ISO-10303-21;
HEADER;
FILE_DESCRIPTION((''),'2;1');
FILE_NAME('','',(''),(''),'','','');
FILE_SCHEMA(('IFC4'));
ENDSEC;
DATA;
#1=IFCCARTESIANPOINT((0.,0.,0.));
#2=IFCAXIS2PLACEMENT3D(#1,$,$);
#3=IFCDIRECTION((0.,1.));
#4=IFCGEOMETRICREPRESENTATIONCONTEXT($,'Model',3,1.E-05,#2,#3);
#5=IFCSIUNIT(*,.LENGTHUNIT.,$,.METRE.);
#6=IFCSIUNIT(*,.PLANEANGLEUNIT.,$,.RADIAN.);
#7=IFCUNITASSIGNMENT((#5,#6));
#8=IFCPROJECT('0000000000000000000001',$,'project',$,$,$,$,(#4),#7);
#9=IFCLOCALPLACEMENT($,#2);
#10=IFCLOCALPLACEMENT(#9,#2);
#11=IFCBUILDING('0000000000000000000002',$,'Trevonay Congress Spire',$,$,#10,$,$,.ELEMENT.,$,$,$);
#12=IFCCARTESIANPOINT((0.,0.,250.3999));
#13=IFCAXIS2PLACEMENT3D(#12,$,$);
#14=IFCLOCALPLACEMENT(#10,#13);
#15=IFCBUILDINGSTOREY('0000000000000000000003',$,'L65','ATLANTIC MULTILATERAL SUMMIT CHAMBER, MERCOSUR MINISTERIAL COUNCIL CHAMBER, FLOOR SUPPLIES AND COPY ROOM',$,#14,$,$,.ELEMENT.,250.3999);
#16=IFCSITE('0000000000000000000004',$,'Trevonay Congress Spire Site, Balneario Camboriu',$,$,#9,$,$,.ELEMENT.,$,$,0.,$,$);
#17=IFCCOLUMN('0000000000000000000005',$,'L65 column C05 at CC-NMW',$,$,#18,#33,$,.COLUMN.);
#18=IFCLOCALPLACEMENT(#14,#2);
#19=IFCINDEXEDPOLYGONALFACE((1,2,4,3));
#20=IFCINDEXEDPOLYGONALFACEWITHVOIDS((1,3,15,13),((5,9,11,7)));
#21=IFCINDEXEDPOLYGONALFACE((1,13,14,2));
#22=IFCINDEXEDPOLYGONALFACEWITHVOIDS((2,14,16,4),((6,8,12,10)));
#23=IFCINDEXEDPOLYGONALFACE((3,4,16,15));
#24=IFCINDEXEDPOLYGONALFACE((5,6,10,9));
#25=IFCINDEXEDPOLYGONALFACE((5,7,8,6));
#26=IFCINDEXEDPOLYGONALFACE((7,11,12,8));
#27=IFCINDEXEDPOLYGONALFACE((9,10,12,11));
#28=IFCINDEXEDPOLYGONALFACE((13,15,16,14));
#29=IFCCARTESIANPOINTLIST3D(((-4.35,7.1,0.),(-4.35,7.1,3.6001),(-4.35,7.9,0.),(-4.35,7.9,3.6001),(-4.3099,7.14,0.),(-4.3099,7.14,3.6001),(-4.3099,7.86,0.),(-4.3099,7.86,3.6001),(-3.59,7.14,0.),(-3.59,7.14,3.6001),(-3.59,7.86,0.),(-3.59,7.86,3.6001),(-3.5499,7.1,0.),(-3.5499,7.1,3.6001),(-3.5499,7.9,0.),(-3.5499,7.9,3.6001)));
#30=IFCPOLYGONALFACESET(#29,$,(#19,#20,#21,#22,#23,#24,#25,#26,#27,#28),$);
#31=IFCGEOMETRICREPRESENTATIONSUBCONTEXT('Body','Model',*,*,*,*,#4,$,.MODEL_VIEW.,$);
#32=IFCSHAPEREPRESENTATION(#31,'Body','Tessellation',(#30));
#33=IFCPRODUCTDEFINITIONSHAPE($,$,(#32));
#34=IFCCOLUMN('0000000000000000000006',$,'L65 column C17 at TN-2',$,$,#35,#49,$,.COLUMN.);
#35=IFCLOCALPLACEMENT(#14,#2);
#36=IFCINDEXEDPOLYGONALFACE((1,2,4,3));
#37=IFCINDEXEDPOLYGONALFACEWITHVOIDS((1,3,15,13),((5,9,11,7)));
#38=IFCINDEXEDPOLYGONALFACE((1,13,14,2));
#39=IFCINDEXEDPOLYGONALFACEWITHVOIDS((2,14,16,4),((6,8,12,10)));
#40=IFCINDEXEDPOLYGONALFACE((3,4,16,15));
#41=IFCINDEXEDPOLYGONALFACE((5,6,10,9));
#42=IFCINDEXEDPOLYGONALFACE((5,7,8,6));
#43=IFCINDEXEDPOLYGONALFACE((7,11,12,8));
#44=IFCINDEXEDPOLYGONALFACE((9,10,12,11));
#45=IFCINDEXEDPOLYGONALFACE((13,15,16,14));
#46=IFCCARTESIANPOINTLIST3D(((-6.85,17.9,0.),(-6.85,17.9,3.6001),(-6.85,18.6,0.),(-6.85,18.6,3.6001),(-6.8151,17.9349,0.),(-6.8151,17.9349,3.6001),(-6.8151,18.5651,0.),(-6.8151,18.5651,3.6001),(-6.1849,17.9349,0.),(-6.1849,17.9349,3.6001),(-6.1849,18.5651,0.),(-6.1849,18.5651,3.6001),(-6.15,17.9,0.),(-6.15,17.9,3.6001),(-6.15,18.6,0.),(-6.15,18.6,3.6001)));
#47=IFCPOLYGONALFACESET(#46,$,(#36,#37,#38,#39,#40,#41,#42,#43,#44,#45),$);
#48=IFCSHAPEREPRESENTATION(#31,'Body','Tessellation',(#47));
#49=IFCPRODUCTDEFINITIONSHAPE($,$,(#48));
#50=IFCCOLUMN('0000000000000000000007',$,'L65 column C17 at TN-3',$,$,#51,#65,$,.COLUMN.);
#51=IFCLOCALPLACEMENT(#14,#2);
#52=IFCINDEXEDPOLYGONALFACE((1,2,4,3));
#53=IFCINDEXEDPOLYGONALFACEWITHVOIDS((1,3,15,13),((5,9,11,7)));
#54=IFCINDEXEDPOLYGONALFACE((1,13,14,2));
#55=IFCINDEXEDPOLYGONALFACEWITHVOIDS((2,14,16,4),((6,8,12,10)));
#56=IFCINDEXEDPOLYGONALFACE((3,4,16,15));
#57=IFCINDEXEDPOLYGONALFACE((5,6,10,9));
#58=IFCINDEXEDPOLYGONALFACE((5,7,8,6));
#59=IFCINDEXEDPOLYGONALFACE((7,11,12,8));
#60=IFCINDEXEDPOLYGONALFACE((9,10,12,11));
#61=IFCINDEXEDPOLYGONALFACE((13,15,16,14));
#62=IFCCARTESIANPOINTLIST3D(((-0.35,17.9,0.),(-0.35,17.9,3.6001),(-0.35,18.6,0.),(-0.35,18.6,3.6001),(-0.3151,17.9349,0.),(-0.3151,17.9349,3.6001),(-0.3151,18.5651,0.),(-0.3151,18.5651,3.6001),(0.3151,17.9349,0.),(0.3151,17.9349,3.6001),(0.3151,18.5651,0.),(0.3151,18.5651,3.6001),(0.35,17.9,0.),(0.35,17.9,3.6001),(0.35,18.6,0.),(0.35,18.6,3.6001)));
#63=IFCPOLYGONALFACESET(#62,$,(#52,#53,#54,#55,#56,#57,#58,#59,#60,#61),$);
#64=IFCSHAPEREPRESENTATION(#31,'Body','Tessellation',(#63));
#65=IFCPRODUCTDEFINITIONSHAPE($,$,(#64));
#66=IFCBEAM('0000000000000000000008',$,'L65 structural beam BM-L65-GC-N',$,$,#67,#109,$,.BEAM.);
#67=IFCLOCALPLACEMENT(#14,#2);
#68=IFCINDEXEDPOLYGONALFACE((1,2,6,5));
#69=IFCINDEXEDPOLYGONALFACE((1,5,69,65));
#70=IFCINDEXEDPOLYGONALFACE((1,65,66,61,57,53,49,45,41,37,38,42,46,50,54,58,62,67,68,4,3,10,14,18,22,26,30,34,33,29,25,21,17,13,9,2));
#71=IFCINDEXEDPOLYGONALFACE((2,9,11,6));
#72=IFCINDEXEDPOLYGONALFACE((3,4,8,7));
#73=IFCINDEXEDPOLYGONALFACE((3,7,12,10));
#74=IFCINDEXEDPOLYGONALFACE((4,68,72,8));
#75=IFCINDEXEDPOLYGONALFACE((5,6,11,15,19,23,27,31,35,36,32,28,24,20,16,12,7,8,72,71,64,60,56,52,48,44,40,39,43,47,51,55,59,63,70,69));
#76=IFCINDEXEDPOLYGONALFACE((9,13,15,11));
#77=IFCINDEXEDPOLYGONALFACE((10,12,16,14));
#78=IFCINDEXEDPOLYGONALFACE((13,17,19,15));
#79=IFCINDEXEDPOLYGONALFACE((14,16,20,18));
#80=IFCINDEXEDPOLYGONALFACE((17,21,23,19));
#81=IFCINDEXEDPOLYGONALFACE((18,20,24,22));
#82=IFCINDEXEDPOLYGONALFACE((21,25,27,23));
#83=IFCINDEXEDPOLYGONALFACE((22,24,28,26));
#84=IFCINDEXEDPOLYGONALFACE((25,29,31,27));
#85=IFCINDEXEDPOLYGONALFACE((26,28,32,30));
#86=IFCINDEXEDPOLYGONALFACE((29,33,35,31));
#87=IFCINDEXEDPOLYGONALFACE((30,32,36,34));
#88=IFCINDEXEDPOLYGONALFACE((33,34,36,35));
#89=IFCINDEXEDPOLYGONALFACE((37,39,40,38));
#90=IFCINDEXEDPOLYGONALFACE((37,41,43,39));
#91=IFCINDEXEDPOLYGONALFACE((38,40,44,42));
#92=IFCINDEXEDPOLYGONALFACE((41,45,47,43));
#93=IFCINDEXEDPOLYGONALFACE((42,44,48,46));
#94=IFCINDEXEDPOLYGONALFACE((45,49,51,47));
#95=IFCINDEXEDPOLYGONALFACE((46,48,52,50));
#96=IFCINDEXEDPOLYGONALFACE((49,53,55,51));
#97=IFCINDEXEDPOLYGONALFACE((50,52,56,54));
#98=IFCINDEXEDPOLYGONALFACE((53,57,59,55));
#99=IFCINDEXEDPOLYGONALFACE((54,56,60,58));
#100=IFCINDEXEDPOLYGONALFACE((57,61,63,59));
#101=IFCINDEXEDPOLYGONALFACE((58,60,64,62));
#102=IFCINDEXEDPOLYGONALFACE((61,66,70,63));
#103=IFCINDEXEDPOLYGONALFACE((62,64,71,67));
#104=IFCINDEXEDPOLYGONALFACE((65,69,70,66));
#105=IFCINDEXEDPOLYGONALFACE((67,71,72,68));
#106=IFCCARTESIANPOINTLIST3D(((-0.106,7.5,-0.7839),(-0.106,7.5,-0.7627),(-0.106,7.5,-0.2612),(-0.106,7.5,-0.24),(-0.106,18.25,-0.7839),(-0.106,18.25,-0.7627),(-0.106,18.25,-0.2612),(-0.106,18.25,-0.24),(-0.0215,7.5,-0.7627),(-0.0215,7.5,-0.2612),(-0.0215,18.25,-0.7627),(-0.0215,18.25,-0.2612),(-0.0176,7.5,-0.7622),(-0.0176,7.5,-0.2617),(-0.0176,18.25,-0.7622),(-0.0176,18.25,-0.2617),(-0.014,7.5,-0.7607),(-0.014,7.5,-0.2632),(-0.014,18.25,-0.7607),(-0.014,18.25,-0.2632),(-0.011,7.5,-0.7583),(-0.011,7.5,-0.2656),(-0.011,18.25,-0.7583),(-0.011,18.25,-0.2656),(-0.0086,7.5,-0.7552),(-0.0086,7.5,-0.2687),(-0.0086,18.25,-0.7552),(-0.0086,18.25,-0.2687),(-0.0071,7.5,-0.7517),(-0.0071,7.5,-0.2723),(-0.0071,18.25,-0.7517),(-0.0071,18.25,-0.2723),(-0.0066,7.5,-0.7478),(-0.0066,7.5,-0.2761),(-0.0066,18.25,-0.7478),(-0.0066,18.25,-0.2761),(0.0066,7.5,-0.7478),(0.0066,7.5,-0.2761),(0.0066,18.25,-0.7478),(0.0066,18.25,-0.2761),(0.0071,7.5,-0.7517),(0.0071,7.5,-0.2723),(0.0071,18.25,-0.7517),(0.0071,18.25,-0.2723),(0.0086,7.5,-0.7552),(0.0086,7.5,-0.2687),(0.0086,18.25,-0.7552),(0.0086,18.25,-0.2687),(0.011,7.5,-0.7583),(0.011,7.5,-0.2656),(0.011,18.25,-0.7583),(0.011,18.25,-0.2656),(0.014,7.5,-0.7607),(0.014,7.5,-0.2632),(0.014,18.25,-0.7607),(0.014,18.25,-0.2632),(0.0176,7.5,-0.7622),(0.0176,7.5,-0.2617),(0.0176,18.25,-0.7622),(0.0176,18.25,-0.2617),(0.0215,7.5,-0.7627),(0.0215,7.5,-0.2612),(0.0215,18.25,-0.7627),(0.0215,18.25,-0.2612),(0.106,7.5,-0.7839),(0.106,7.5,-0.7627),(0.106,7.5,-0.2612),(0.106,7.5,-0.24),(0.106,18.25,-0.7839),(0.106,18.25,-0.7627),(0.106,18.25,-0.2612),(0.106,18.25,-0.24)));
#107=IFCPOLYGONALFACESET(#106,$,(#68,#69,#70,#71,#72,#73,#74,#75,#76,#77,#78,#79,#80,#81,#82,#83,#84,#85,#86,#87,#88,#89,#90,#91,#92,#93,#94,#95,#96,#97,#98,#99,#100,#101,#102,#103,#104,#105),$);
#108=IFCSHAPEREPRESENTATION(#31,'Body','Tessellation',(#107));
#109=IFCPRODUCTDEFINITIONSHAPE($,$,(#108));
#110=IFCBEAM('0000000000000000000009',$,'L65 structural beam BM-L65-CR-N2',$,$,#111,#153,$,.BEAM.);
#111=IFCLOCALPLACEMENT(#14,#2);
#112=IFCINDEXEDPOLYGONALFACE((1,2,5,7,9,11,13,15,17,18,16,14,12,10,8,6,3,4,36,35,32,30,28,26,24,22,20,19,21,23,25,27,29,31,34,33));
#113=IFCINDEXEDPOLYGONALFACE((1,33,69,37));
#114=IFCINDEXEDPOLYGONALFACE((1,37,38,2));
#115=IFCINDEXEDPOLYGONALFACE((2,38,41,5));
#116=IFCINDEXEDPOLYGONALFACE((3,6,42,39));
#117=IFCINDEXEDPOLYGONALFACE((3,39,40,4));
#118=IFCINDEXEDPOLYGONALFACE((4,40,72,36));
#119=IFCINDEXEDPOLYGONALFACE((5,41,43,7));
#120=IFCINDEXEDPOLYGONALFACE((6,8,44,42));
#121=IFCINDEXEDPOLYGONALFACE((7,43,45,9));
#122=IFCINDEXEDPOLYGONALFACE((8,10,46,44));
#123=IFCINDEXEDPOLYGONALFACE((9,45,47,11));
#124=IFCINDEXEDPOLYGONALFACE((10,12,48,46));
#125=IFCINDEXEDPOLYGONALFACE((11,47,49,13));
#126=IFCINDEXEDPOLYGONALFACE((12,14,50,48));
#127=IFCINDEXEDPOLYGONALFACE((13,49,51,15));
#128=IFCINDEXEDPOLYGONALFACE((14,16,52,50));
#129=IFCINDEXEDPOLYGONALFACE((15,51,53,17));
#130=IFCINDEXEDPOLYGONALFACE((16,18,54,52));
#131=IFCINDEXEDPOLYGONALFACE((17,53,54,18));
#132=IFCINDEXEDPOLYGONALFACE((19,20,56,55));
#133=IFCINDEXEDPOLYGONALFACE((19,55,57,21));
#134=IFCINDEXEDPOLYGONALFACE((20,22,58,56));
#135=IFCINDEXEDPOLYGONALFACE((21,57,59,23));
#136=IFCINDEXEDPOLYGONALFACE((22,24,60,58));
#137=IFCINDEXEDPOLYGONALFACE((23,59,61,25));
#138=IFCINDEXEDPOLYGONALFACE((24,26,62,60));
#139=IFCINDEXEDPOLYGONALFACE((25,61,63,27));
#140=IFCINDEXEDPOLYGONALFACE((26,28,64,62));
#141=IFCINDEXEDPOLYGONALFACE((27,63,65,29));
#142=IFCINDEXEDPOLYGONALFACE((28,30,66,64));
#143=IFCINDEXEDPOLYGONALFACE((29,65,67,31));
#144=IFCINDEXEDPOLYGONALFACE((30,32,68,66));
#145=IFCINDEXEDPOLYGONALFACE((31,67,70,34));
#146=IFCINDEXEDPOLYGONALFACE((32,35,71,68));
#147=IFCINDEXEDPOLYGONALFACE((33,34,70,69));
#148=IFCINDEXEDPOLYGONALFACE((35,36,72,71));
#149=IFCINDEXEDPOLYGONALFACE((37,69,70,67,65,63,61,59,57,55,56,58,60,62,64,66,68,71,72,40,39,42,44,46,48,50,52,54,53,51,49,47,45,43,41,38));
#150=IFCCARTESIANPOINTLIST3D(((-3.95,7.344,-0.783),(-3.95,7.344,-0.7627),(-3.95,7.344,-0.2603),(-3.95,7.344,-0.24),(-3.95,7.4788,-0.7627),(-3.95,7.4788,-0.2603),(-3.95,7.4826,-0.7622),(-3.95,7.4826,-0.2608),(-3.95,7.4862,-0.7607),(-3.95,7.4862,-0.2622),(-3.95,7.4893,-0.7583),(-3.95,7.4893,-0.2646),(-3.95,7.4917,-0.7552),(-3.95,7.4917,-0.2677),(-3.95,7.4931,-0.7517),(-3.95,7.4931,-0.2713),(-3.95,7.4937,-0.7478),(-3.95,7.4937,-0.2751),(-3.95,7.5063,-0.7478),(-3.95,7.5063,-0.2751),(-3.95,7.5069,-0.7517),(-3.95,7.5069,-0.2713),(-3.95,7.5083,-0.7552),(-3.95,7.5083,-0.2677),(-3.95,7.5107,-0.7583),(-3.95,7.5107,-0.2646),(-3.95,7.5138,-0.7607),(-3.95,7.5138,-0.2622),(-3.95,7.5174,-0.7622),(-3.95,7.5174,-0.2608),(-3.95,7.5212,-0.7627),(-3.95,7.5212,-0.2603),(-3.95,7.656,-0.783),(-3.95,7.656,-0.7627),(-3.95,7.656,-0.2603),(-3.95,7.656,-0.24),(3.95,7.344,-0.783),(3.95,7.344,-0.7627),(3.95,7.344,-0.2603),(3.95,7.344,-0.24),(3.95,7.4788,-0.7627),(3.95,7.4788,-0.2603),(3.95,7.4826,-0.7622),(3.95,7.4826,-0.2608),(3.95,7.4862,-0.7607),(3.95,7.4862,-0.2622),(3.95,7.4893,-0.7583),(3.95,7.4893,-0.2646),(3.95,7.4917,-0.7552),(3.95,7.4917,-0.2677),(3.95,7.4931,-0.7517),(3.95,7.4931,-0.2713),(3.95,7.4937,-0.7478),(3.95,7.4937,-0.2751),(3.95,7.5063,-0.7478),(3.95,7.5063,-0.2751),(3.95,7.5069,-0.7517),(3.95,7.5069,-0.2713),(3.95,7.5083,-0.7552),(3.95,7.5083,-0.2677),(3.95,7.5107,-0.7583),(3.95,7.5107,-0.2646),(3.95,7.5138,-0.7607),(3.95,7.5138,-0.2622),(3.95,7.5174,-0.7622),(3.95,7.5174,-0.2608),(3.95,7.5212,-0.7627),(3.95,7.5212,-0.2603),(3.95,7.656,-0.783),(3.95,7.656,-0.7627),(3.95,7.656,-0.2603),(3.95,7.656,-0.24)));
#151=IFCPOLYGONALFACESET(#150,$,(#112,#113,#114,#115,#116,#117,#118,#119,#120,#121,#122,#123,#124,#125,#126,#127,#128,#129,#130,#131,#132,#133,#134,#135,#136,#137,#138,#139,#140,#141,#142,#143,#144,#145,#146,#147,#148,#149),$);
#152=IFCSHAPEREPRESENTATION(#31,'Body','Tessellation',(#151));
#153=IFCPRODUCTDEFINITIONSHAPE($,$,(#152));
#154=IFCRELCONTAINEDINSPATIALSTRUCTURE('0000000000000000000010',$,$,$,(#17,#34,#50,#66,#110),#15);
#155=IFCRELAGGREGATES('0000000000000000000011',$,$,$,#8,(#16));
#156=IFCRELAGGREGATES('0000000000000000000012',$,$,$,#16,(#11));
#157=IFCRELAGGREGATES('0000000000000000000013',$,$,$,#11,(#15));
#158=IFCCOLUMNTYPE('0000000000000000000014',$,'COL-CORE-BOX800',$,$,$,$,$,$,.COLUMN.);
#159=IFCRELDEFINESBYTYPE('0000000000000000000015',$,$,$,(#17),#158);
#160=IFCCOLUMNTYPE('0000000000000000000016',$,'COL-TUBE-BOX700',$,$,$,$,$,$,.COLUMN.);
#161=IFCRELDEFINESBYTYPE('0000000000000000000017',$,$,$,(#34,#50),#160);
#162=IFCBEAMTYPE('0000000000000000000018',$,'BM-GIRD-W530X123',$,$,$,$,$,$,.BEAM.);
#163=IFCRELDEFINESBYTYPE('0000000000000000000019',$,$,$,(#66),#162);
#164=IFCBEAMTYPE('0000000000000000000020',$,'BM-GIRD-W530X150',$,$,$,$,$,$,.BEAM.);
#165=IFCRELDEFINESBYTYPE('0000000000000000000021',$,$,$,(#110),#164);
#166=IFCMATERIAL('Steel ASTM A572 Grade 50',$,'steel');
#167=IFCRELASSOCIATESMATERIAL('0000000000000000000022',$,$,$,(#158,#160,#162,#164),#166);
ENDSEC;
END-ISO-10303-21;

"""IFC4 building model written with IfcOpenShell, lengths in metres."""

from ifc_helpers import new_model, si_unit, direction, frame, origin, origin_2d, place, context, subcontext, project, spatial, hollow_rectangle, i_section, extrude, material, material_profile, profile_set, type_object, element, save


model = new_model("IFC4")

# Units and contexts
model_context = context("Model", 3, precision=1e-05, world=origin(), true_north=direction((0.0, 1.0)))
body_context = subcontext(model_context, "Body", "Model", "MODEL_VIEW")
ifc_project = project(units=[si_unit("LENGTHUNIT", "METRE"), si_unit("PLANEANGLEUNIT", "RADIAN")], contexts=[model_context])

# Site, building, storey
site_placement = place(None, origin())
site = spatial("IfcSite", under=ifc_project, at=site_placement, Name="Trevonay Congress Spire Site, Balneario Camboriu", CompositionType="ELEMENT", RefElevation=0.0)
building_placement = place(site_placement, origin())
building = spatial("IfcBuilding", under=site, at=building_placement, Name="Trevonay Congress Spire", CompositionType="ELEMENT")
storey_placement = place(building_placement, frame((0.0, 0.0, 250.3999)))
storey = spatial("IfcBuildingStorey", under=building, at=storey_placement, Name="L65", Description="ATLANTIC MULTILATERAL SUMMIT CHAMBER, MERCOSUR MINISTERIAL COUNCIL CHAMBER, FLOOR SUPPLIES AND COPY ROOM", CompositionType="ELEMENT", Elevation=250.3999)

# Columns
ifc_material_1 = material(Name="Steel ASTM A572 Grade 50", Category="steel")
ifc_material_profile_1 = material_profile(ifc_material_1, hollow_rectangle(XDim=0.8, YDim=0.8, WallThickness=0.04, at=origin_2d()), Name="BOX 800x800x40")
ifc_profile_set_1 = profile_set([ifc_material_profile_1], Name="Steel ASTM A572 Grade 50")
column_type_1 = type_object("IfcColumnType", Name="COL-CORE-BOX800", PredefinedType="COLUMN", material=ifc_profile_set_1)
column_placement = place(storey_placement, frame((-3.95, 7.5, 0.0), z_axis=(0.0, 0.0, 1.0), x_axis=(1.0, 0.0, 0.0)))
element("IfcColumn", 1, at=column_placement, inside=storey, type_object=column_type_1, Name="L65 column C05 at CC-NMW", PredefinedType="COLUMN", context=body_context, shape_type="SweptSolid", body=[
    extrude(hollow_rectangle(XDim=0.8, YDim=0.8, WallThickness=0.04, at=origin_2d()), origin(), (0.0, 0.0, 1.0), 3.6001),
])
ifc_material_profile_2 = material_profile(ifc_material_1, hollow_rectangle(XDim=0.7, YDim=0.7, WallThickness=0.0349, at=origin_2d()), Name="BOX 700x700x35")
ifc_profile_set_2 = profile_set([ifc_material_profile_2], Name="Steel ASTM A572 Grade 50")
column_type_2 = type_object("IfcColumnType", Name="COL-TUBE-BOX700", PredefinedType="COLUMN", material=ifc_profile_set_2)
for number, where, z_axis, x_axis, name in (
    (2, (-6.5, 18.25, 0.0), (0.0, 0.0, 1.0), (1.0, 0.0, 0.0), "L65 column C17 at TN-2"),
    (3, (0.0, 18.25, 0.0), (0.0, 0.0, 1.0), (1.0, 0.0, 0.0), "L65 column C17 at TN-3"),
):
    element("IfcColumn", number, at=place(storey_placement, frame(where, z_axis=z_axis, x_axis=x_axis)), inside=storey, type_object=column_type_2, Name=name, PredefinedType="COLUMN", context=body_context, shape_type="SweptSolid", body=[
        extrude(hollow_rectangle(XDim=0.7, YDim=0.7, WallThickness=0.0349, at=origin_2d()), origin(), (0.0, 0.0, 1.0), 3.6001),
    ])

# Beams
ifc_material_profile_3 = material_profile(ifc_material_1, i_section(OverallWidth=0.2119, OverallDepth=0.5439, WebThickness=0.0132, FlangeThickness=0.0212, FilletRadius=0.0149, at=origin_2d()), Name="W530x123")
ifc_profile_set_3 = profile_set([ifc_material_profile_3], Name="Steel ASTM A572 Grade 50")
beam_type_1 = type_object("IfcBeamType", Name="BM-GIRD-W530X123", PredefinedType="BEAM", material=ifc_profile_set_3)
beam_1_placement = place(storey_placement, frame((0.0, 7.5, -0.512), z_axis=(0.0, 1.0, 0.0), x_axis=(-1.0, 0.0, 0.0)))
element("IfcBeam", 4, at=beam_1_placement, inside=storey, type_object=beam_type_1, Name="L65 structural beam BM-L65-GC-N", PredefinedType="BEAM", context=body_context, shape_type="SweptSolid", body=[
    extrude(i_section(OverallWidth=0.2119, OverallDepth=0.5439, WebThickness=0.0132, FlangeThickness=0.0212, FilletRadius=0.0149, at=origin_2d()), origin(), (0.0, 0.0, 1.0), 10.75),
])
ifc_material_profile_4 = material_profile(ifc_material_1, i_section(OverallWidth=0.312, OverallDepth=0.543, WebThickness=0.0127, FlangeThickness=0.0203, FilletRadius=0.0149, at=origin_2d()), Name="W530x150")
ifc_profile_set_4 = profile_set([ifc_material_profile_4], Name="Steel ASTM A572 Grade 50")
beam_type_2 = type_object("IfcBeamType", Name="BM-GIRD-W530X150", PredefinedType="BEAM", material=ifc_profile_set_4)
beam_2_placement = place(storey_placement, frame((-3.95, 7.5, -0.5115), z_axis=(1.0, 0.0, 0.0), x_axis=(0.0, 1.0, 0.0)))
element("IfcBeam", 5, at=beam_2_placement, inside=storey, type_object=beam_type_2, Name="L65 structural beam BM-L65-CR-N2", PredefinedType="BEAM", context=body_context, shape_type="SweptSolid", body=[
    extrude(i_section(OverallWidth=0.312, OverallDepth=0.543, WebThickness=0.0127, FlangeThickness=0.0203, FilletRadius=0.0149, at=origin_2d()), origin(), (0.0, 0.0, 1.0), 7.8999),
])

save(model, "model.ifc")
